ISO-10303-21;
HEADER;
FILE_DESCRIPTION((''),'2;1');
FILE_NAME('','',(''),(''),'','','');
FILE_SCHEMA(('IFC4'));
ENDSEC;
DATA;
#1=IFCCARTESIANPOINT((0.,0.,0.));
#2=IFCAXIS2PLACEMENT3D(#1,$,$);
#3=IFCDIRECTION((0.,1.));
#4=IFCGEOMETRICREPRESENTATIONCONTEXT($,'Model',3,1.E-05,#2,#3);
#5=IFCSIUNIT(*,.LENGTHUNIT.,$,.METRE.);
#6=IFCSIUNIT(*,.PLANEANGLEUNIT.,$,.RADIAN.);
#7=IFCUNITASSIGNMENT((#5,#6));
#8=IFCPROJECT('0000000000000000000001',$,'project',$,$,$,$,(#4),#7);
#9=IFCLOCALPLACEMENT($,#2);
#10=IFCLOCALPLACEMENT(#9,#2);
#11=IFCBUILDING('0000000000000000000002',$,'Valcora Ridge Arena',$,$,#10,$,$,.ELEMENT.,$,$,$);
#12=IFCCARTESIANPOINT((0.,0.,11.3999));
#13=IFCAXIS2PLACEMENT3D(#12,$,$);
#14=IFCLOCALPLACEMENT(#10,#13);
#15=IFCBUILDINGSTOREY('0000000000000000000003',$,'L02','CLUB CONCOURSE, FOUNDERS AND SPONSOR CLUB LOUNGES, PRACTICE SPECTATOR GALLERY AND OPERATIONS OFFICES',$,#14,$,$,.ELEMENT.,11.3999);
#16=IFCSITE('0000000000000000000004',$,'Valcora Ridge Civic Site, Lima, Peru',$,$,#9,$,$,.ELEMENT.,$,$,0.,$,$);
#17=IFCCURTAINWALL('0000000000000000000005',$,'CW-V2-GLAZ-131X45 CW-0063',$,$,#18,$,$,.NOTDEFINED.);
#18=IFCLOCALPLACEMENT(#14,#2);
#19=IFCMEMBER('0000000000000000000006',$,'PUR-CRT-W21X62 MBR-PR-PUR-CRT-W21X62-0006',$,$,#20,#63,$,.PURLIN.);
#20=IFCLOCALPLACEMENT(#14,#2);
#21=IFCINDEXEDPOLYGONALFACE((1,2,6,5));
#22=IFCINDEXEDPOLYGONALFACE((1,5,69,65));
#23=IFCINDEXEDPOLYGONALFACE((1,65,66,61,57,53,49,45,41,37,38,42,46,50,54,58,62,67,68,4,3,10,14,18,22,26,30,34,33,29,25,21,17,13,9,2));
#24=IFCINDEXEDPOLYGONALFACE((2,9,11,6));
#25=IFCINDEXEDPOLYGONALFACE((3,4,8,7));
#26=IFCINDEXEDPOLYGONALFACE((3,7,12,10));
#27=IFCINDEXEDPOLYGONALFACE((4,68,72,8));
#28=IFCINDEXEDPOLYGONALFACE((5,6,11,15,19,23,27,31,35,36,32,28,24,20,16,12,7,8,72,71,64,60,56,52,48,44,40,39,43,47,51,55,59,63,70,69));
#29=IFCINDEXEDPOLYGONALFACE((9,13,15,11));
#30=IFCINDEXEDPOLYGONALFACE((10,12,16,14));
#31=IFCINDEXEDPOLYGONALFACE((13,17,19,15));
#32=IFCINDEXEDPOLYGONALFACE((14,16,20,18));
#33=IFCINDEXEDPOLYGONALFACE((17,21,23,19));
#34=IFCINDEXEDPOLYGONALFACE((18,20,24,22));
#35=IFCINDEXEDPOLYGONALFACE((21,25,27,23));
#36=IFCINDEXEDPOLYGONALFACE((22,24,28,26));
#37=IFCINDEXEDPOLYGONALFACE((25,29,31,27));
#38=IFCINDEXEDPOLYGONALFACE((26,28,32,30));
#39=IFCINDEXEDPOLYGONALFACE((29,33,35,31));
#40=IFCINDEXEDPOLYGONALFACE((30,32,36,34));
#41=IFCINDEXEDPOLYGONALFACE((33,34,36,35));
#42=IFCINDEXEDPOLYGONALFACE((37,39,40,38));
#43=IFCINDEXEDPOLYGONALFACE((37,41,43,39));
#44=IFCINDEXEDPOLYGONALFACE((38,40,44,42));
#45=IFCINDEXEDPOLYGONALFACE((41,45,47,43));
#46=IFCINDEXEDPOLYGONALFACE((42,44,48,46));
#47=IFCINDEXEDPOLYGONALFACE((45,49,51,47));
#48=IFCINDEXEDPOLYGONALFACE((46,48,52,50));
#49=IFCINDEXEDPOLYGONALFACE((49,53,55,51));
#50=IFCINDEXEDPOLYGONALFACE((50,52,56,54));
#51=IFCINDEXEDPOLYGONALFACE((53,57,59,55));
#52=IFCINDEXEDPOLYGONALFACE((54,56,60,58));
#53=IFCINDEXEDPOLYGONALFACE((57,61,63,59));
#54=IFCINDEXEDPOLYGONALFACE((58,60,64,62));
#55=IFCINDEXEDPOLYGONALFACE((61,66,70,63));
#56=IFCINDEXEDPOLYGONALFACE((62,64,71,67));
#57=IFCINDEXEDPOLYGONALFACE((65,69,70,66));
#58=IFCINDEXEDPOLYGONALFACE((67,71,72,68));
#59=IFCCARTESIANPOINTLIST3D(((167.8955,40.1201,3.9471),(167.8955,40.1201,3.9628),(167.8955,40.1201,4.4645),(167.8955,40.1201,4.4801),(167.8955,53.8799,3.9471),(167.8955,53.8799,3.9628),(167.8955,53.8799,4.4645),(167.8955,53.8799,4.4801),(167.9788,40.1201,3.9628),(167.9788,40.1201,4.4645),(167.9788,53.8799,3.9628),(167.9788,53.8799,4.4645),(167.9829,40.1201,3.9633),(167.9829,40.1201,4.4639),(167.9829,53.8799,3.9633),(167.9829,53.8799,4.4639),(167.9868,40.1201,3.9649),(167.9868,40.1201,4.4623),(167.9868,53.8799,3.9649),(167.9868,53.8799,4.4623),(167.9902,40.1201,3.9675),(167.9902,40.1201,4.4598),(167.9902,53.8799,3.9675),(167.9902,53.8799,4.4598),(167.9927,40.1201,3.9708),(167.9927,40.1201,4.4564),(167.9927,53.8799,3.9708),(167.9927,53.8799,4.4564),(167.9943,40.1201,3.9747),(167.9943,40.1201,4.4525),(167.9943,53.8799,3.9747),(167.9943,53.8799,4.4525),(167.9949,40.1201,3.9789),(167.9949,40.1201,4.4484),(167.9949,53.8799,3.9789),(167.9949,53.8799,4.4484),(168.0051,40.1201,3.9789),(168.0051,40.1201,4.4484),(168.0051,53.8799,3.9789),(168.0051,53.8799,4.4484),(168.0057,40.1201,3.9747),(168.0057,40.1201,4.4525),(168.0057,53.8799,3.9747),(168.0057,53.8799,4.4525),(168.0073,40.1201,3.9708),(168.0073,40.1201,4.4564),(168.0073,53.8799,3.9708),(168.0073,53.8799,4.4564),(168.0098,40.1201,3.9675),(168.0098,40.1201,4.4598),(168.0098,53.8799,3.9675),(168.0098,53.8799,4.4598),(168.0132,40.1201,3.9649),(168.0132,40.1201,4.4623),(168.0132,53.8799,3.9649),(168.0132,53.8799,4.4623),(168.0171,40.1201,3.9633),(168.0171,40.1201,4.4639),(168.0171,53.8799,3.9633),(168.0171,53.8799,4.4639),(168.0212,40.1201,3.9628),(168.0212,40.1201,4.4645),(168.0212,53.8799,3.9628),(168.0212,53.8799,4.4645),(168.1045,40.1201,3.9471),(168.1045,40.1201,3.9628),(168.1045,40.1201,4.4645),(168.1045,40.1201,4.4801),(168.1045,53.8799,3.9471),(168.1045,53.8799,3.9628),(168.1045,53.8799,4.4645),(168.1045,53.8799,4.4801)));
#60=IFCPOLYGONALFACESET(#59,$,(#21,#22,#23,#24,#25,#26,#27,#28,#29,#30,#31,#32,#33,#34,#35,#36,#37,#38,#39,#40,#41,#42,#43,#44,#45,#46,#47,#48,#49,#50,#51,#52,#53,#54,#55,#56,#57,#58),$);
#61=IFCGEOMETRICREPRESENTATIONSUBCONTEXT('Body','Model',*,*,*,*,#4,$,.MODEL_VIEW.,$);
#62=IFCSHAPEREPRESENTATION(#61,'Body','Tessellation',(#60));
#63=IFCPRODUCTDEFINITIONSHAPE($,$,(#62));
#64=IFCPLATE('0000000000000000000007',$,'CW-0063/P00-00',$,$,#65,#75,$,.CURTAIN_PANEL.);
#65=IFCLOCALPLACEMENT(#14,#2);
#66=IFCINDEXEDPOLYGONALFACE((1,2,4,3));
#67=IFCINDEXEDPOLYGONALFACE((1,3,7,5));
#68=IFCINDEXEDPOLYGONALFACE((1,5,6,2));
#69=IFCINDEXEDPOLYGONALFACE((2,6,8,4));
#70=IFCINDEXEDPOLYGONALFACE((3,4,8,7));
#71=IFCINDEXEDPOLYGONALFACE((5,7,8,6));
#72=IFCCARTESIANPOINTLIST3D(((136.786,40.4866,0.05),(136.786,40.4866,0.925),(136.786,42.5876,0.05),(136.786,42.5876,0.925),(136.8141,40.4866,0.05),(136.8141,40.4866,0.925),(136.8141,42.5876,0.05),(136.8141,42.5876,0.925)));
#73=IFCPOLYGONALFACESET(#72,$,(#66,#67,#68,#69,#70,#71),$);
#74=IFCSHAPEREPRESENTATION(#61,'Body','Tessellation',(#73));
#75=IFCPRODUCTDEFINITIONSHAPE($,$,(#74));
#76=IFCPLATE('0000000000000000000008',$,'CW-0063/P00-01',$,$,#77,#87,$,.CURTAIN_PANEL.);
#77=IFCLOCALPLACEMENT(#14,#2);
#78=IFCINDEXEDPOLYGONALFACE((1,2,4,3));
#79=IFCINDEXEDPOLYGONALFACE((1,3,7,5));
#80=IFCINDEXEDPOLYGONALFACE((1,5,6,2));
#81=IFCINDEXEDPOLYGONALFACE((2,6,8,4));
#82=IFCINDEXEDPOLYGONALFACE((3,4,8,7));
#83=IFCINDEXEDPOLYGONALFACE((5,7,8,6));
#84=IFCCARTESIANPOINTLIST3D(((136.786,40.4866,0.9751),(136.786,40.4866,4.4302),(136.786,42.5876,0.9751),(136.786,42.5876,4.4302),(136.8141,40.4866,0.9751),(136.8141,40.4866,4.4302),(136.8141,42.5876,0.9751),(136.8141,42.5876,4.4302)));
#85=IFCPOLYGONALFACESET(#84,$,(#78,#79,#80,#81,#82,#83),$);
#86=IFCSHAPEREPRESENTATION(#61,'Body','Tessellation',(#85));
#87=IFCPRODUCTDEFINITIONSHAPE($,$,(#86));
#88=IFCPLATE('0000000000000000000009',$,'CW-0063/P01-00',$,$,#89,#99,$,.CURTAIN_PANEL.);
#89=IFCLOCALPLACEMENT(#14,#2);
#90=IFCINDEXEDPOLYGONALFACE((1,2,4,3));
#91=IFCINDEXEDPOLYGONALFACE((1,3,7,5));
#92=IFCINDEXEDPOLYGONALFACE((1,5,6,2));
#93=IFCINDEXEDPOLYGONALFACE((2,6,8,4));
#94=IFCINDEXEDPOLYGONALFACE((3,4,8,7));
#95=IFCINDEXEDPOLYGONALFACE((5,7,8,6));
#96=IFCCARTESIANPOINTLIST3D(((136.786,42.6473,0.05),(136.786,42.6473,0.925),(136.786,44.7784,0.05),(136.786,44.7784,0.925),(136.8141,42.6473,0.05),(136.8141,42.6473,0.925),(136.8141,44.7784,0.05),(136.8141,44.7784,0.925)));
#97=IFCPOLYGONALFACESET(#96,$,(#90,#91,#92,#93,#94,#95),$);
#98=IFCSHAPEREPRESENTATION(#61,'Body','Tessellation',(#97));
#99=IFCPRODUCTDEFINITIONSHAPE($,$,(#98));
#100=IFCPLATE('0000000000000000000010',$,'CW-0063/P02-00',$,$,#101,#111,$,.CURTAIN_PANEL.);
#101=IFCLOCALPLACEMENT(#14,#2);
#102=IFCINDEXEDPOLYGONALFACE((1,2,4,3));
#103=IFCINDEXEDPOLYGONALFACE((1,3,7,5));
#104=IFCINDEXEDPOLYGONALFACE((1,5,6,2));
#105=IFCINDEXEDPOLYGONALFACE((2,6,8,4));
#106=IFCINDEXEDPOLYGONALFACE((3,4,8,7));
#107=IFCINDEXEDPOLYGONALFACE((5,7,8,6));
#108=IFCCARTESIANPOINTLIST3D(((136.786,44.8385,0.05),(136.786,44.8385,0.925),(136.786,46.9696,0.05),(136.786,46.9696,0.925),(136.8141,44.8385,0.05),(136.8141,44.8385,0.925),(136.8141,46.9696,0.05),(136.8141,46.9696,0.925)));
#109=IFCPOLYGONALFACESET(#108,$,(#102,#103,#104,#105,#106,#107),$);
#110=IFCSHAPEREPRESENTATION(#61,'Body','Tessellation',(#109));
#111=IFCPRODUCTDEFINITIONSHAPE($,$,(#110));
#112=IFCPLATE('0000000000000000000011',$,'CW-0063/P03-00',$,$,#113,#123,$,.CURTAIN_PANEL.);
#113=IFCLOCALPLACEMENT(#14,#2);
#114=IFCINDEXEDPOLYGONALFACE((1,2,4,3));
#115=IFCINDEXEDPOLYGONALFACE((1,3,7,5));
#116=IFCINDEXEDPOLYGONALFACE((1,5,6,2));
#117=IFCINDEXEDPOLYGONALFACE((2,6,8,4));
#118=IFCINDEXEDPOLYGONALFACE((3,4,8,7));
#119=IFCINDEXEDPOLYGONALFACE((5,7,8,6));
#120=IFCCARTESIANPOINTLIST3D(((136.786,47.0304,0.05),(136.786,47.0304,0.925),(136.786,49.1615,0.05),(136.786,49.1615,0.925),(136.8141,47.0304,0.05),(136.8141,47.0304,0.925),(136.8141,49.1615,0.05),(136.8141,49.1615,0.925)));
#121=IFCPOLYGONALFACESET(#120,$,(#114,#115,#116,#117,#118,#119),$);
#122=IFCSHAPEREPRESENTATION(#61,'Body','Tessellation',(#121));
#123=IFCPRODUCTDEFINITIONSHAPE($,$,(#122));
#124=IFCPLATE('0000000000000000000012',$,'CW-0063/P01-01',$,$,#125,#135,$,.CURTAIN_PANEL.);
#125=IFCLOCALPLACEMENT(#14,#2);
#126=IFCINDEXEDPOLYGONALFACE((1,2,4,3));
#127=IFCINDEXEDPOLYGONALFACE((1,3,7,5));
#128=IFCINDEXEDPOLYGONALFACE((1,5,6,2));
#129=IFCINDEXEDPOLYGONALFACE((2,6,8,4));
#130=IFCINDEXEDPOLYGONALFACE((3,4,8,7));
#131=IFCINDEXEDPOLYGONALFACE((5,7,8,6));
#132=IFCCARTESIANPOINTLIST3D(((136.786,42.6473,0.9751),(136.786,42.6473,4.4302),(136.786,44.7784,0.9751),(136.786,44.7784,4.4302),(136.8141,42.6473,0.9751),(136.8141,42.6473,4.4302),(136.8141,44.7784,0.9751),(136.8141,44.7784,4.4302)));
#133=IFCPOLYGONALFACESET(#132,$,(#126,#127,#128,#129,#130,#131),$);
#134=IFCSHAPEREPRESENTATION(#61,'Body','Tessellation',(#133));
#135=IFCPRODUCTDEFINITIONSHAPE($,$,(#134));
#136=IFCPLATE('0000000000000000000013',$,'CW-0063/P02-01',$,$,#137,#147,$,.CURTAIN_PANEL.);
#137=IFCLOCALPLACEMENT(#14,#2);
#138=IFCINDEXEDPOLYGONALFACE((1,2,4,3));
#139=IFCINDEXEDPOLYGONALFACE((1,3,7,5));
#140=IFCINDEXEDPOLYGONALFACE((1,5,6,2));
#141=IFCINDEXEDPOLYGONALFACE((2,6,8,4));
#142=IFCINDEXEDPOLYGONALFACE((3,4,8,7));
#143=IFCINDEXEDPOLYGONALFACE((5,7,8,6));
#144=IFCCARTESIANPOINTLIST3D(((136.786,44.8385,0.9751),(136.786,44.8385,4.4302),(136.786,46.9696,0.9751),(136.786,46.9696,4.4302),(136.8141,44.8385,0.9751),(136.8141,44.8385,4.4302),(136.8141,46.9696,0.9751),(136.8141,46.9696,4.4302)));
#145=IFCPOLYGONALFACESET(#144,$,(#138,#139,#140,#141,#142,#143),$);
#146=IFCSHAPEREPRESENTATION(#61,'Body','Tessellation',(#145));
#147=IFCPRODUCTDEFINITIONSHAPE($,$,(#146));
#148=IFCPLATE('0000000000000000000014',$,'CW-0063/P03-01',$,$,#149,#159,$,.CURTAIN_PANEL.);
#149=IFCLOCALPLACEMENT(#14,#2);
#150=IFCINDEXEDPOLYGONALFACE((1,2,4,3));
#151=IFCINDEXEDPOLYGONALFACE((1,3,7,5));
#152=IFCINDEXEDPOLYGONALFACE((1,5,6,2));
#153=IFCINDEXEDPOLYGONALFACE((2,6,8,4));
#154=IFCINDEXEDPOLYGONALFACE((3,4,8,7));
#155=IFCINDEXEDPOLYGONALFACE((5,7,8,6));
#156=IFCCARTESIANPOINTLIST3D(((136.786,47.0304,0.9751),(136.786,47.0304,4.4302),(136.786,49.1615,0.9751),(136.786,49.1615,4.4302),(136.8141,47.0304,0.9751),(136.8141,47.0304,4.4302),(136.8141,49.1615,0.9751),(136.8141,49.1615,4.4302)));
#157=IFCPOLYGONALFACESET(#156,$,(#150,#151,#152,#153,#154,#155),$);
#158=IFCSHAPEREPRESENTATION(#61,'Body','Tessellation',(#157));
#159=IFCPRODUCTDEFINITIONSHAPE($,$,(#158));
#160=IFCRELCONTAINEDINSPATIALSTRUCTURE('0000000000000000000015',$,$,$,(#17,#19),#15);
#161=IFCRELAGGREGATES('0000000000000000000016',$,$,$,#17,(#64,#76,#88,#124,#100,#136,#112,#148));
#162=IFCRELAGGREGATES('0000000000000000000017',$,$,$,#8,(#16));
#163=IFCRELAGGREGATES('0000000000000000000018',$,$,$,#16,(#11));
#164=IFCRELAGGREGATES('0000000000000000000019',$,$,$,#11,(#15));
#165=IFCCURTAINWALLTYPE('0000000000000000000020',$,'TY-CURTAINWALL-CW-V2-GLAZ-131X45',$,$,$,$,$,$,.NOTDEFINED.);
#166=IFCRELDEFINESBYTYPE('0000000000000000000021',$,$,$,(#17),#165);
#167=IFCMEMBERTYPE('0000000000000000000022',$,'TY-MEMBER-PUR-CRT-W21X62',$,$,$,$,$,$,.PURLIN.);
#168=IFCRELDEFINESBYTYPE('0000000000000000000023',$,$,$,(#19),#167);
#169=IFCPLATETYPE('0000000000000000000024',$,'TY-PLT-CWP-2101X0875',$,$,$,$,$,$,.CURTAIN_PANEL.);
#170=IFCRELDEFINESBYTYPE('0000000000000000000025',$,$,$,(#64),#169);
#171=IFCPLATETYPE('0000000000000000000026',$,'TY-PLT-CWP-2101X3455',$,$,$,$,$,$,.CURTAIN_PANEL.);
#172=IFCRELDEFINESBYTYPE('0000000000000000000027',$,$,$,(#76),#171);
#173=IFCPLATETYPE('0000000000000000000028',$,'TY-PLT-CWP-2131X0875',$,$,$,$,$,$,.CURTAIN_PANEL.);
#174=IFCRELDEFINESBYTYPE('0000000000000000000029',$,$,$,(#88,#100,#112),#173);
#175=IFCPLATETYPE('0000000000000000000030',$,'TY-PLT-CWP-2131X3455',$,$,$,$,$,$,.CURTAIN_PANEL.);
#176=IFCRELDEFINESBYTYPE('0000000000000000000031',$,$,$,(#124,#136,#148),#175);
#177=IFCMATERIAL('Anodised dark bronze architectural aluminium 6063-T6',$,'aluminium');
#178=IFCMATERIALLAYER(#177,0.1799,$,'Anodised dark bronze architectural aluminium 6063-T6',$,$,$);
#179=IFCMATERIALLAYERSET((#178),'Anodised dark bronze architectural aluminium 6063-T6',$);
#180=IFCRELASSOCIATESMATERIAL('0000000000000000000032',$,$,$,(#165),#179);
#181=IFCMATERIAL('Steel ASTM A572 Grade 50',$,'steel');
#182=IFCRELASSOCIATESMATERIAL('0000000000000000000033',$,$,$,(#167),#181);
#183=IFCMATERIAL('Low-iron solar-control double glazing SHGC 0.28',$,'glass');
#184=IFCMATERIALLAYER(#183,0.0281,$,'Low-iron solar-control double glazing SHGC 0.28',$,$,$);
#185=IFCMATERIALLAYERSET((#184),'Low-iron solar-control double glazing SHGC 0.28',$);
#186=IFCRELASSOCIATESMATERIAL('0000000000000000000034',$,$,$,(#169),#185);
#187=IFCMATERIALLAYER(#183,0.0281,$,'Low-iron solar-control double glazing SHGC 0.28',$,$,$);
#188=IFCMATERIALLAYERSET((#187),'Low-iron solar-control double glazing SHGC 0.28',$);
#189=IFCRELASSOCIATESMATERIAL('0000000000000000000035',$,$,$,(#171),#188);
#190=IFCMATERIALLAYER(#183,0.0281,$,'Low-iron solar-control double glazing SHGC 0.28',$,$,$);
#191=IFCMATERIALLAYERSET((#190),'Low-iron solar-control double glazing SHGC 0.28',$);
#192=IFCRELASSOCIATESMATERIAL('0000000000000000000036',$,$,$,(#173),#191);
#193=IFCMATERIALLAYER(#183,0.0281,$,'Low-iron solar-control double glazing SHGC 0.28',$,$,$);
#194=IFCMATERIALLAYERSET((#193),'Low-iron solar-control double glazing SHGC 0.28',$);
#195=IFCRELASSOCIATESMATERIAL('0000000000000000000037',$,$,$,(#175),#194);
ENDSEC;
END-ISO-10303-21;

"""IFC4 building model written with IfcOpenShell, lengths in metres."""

from ifc_helpers import new_model, si_unit, direction, frame, origin, origin_2d, place, context, subcontext, project, spatial, rectangle, i_section, extrude, material, layer, layer_set, material_profile, profile_set, type_object, element, aggregate, save


model = new_model("IFC4")

# Units and contexts
model_context = context("Model", 3, precision=1e-05, world=origin(), true_north=direction((0.0, 1.0)))
body_context = subcontext(model_context, "Body", "Model", "MODEL_VIEW")
ifc_project = project(units=[si_unit("LENGTHUNIT", "METRE"), si_unit("PLANEANGLEUNIT", "RADIAN")], contexts=[model_context])

# Site, building, storey
site_placement = place(None, origin())
site = spatial("IfcSite", under=ifc_project, at=site_placement, Name="Valcora Ridge Civic Site, Lima, Peru", CompositionType="ELEMENT", RefElevation=0.0)
building_placement = place(site_placement, origin())
building = spatial("IfcBuilding", under=site, at=building_placement, Name="Valcora Ridge Arena", CompositionType="ELEMENT")
storey_placement = place(building_placement, frame((0.0, 0.0, 11.3999)))
storey = spatial("IfcBuildingStorey", under=building, at=storey_placement, Name="L02", Description="CLUB CONCOURSE, FOUNDERS AND SPONSOR CLUB LOUNGES, PRACTICE SPECTATOR GALLERY AND OPERATIONS OFFICES", CompositionType="ELEMENT", Elevation=11.3999)

# Shared definitions
ifc_material_1 = material(Name="Steel ASTM A572 Grade 50", Category="steel")

# Curtain wall
ifc_material_2 = material(Name="Anodised dark bronze architectural aluminium 6063-T6", Category="aluminium")
ifc_layer_1 = layer(ifc_material_2, 0.1799, Name="Anodised dark bronze architectural aluminium 6063-T6")
ifc_layer_set_1 = layer_set([ifc_layer_1], Name="Anodised dark bronze architectural aluminium 6063-T6")
curtain_wall_type = type_object("IfcCurtainWallType", Name="TY-CURTAINWALL-CW-V2-GLAZ-131X45", PredefinedType="NOTDEFINED", material=ifc_layer_set_1)
curtain_wall_placement = place(storey_placement, origin())
curtain_wall = element("IfcCurtainWall", 1, at=curtain_wall_placement, inside=storey, type_object=curtain_wall_type, Name="CW-V2-GLAZ-131X45 CW-0063", PredefinedType="NOTDEFINED")

# Member
ifc_material_profile_1 = material_profile(ifc_material_1, i_section(OverallWidth=0.209, OverallDepth=0.533, WebThickness=0.0103, FlangeThickness=0.0156, FilletRadius=0.0161, at=origin_2d()), Name="W21X62")
ifc_profile_set_1 = profile_set([ifc_material_profile_1], Name="Steel ASTM A572 Grade 50")
member_type_1 = type_object("IfcMemberType", Name="TY-MEMBER-PUR-CRT-W21X62", PredefinedType="PURLIN", material=ifc_profile_set_1)
for number, where, z_axis, x_axis, name in (
    (2, (168.0, 40.1201, 4.2136), (0.0, 1.0, 0.0), (-1.0, 0.0, 0.0), "PUR-CRT-W21X62 MBR-PR-PUR-CRT-W21X62-0006"),
):
    element("IfcMember", number, at=place(storey_placement, frame(where, z_axis=z_axis, x_axis=x_axis)), inside=storey, type_object=member_type_1, Name=name, PredefinedType="PURLIN", context=body_context, shape_type="SweptSolid", body=[
        extrude(i_section(OverallWidth=0.209, OverallDepth=0.533, WebThickness=0.0103, FlangeThickness=0.0156, FilletRadius=0.0161, at=origin_2d()), origin(), (0.0, 0.0, 1.0), 13.7598),
    ])

# Plates
ifc_material_3 = material(Name="Low-iron solar-control double glazing SHGC 0.28", Category="glass")
ifc_layer_2 = layer(ifc_material_3, 0.0281, Name="Low-iron solar-control double glazing SHGC 0.28")
ifc_layer_set_2 = layer_set([ifc_layer_2], Name="Low-iron solar-control double glazing SHGC 0.28")
plate_type_1 = type_object("IfcPlateType", Name="TY-PLT-CWP-2101X0875", PredefinedType="CURTAIN_PANEL", material=ifc_layer_set_2)
plate_1_placement = place(storey_placement, frame((136.8, 41.5371, 0.05), z_axis=(0.0, 0.0, 1.0), x_axis=(0.0, 1.0, 0.0)))
plate_1 = element("IfcPlate", 3, at=plate_1_placement, type_object=plate_type_1, Name="CW-0063/P00-00", PredefinedType="CURTAIN_PANEL", context=body_context, shape_type="SweptSolid", body=[
    extrude(rectangle(XDim=2.1011, YDim=0.0281, at=origin_2d()), origin(), (0.0, 0.0, 1.0), 0.875),
])
ifc_layer_3 = layer(ifc_material_3, 0.0281, Name="Low-iron solar-control double glazing SHGC 0.28")
ifc_layer_set_3 = layer_set([ifc_layer_3], Name="Low-iron solar-control double glazing SHGC 0.28")
plate_type_2 = type_object("IfcPlateType", Name="TY-PLT-CWP-2101X3455", PredefinedType="CURTAIN_PANEL", material=ifc_layer_set_3)
plate_2_placement = place(storey_placement, frame((136.8, 41.5371, 0.9751), z_axis=(0.0, 0.0, 1.0), x_axis=(0.0, 1.0, 0.0)))
plate_2 = element("IfcPlate", 4, at=plate_2_placement, type_object=plate_type_2, Name="CW-0063/P00-01", PredefinedType="CURTAIN_PANEL", context=body_context, shape_type="SweptSolid", body=[
    extrude(rectangle(XDim=2.1011, YDim=0.0281, at=origin_2d()), origin(), (0.0, 0.0, 1.0), 3.4551),
])
ifc_layer_4 = layer(ifc_material_3, 0.0281, Name="Low-iron solar-control double glazing SHGC 0.28")
ifc_layer_set_4 = layer_set([ifc_layer_4], Name="Low-iron solar-control double glazing SHGC 0.28")
plate_type_3 = type_object("IfcPlateType", Name="TY-PLT-CWP-2131X0875", PredefinedType="CURTAIN_PANEL", material=ifc_layer_set_4)
plate_3_placement = place(storey_placement, frame((136.8, 43.7129, 0.05), z_axis=(0.0, 0.0, 1.0), x_axis=(0.0, 1.0, 0.0)))
plate_3 = element("IfcPlate", 5, at=plate_3_placement, type_object=plate_type_3, Name="CW-0063/P01-00", PredefinedType="CURTAIN_PANEL", context=body_context, shape_type="SweptSolid", body=[
    extrude(rectangle(XDim=2.1311, YDim=0.0281, at=origin_2d()), origin(), (0.0, 0.0, 1.0), 0.875),
])
plate_4_placement = place(storey_placement, frame((136.8, 45.9041, 0.05), z_axis=(0.0, 0.0, 1.0), x_axis=(0.0, 1.0, 0.0)))
plate_4 = element("IfcPlate", 6, at=plate_4_placement, type_object=plate_type_3, Name="CW-0063/P02-00", PredefinedType="CURTAIN_PANEL", context=body_context, shape_type="SweptSolid", body=[
    extrude(rectangle(XDim=2.1311, YDim=0.0281, at=origin_2d()), origin(), (0.0, 0.0, 1.0), 0.875),
])
plate_5_placement = place(storey_placement, frame((136.8, 48.0959, 0.05), z_axis=(0.0, 0.0, 1.0), x_axis=(0.0, 1.0, 0.0)))
plate_5 = element("IfcPlate", 7, at=plate_5_placement, type_object=plate_type_3, Name="CW-0063/P03-00", PredefinedType="CURTAIN_PANEL", context=body_context, shape_type="SweptSolid", body=[
    extrude(rectangle(XDim=2.1311, YDim=0.0281, at=origin_2d()), origin(), (0.0, 0.0, 1.0), 0.875),
])
ifc_layer_5 = layer(ifc_material_3, 0.0281, Name="Low-iron solar-control double glazing SHGC 0.28")
ifc_layer_set_5 = layer_set([ifc_layer_5], Name="Low-iron solar-control double glazing SHGC 0.28")
plate_type_4 = type_object("IfcPlateType", Name="TY-PLT-CWP-2131X3455", PredefinedType="CURTAIN_PANEL", material=ifc_layer_set_5)
plate_6_placement = place(storey_placement, frame((136.8, 43.7129, 0.9751), z_axis=(0.0, 0.0, 1.0), x_axis=(0.0, 1.0, 0.0)))
plate_6 = element("IfcPlate", 8, at=plate_6_placement, type_object=plate_type_4, Name="CW-0063/P01-01", PredefinedType="CURTAIN_PANEL", context=body_context, shape_type="SweptSolid", body=[
    extrude(rectangle(XDim=2.1311, YDim=0.0281, at=origin_2d()), origin(), (0.0, 0.0, 1.0), 3.4551),
])
plate_7_placement = place(storey_placement, frame((136.8, 45.9041, 0.9751), z_axis=(0.0, 0.0, 1.0), x_axis=(0.0, 1.0, 0.0)))
plate_7 = element("IfcPlate", 9, at=plate_7_placement, type_object=plate_type_4, Name="CW-0063/P02-01", PredefinedType="CURTAIN_PANEL", context=body_context, shape_type="SweptSolid", body=[
    extrude(rectangle(XDim=2.1311, YDim=0.0281, at=origin_2d()), origin(), (0.0, 0.0, 1.0), 3.4551),
])
plate_8_placement = place(storey_placement, frame((136.8, 48.0959, 0.9751), z_axis=(0.0, 0.0, 1.0), x_axis=(0.0, 1.0, 0.0)))
plate_8 = element("IfcPlate", 10, at=plate_8_placement, type_object=plate_type_4, Name="CW-0063/P03-01", PredefinedType="CURTAIN_PANEL", context=body_context, shape_type="SweptSolid", body=[
    extrude(rectangle(XDim=2.1311, YDim=0.0281, at=origin_2d()), origin(), (0.0, 0.0, 1.0), 3.4551),
])
aggregate(curtain_wall, [plate_1, plate_2, plate_3, plate_6, plate_4, plate_7, plate_5, plate_8])

save(model, "model.ifc")
